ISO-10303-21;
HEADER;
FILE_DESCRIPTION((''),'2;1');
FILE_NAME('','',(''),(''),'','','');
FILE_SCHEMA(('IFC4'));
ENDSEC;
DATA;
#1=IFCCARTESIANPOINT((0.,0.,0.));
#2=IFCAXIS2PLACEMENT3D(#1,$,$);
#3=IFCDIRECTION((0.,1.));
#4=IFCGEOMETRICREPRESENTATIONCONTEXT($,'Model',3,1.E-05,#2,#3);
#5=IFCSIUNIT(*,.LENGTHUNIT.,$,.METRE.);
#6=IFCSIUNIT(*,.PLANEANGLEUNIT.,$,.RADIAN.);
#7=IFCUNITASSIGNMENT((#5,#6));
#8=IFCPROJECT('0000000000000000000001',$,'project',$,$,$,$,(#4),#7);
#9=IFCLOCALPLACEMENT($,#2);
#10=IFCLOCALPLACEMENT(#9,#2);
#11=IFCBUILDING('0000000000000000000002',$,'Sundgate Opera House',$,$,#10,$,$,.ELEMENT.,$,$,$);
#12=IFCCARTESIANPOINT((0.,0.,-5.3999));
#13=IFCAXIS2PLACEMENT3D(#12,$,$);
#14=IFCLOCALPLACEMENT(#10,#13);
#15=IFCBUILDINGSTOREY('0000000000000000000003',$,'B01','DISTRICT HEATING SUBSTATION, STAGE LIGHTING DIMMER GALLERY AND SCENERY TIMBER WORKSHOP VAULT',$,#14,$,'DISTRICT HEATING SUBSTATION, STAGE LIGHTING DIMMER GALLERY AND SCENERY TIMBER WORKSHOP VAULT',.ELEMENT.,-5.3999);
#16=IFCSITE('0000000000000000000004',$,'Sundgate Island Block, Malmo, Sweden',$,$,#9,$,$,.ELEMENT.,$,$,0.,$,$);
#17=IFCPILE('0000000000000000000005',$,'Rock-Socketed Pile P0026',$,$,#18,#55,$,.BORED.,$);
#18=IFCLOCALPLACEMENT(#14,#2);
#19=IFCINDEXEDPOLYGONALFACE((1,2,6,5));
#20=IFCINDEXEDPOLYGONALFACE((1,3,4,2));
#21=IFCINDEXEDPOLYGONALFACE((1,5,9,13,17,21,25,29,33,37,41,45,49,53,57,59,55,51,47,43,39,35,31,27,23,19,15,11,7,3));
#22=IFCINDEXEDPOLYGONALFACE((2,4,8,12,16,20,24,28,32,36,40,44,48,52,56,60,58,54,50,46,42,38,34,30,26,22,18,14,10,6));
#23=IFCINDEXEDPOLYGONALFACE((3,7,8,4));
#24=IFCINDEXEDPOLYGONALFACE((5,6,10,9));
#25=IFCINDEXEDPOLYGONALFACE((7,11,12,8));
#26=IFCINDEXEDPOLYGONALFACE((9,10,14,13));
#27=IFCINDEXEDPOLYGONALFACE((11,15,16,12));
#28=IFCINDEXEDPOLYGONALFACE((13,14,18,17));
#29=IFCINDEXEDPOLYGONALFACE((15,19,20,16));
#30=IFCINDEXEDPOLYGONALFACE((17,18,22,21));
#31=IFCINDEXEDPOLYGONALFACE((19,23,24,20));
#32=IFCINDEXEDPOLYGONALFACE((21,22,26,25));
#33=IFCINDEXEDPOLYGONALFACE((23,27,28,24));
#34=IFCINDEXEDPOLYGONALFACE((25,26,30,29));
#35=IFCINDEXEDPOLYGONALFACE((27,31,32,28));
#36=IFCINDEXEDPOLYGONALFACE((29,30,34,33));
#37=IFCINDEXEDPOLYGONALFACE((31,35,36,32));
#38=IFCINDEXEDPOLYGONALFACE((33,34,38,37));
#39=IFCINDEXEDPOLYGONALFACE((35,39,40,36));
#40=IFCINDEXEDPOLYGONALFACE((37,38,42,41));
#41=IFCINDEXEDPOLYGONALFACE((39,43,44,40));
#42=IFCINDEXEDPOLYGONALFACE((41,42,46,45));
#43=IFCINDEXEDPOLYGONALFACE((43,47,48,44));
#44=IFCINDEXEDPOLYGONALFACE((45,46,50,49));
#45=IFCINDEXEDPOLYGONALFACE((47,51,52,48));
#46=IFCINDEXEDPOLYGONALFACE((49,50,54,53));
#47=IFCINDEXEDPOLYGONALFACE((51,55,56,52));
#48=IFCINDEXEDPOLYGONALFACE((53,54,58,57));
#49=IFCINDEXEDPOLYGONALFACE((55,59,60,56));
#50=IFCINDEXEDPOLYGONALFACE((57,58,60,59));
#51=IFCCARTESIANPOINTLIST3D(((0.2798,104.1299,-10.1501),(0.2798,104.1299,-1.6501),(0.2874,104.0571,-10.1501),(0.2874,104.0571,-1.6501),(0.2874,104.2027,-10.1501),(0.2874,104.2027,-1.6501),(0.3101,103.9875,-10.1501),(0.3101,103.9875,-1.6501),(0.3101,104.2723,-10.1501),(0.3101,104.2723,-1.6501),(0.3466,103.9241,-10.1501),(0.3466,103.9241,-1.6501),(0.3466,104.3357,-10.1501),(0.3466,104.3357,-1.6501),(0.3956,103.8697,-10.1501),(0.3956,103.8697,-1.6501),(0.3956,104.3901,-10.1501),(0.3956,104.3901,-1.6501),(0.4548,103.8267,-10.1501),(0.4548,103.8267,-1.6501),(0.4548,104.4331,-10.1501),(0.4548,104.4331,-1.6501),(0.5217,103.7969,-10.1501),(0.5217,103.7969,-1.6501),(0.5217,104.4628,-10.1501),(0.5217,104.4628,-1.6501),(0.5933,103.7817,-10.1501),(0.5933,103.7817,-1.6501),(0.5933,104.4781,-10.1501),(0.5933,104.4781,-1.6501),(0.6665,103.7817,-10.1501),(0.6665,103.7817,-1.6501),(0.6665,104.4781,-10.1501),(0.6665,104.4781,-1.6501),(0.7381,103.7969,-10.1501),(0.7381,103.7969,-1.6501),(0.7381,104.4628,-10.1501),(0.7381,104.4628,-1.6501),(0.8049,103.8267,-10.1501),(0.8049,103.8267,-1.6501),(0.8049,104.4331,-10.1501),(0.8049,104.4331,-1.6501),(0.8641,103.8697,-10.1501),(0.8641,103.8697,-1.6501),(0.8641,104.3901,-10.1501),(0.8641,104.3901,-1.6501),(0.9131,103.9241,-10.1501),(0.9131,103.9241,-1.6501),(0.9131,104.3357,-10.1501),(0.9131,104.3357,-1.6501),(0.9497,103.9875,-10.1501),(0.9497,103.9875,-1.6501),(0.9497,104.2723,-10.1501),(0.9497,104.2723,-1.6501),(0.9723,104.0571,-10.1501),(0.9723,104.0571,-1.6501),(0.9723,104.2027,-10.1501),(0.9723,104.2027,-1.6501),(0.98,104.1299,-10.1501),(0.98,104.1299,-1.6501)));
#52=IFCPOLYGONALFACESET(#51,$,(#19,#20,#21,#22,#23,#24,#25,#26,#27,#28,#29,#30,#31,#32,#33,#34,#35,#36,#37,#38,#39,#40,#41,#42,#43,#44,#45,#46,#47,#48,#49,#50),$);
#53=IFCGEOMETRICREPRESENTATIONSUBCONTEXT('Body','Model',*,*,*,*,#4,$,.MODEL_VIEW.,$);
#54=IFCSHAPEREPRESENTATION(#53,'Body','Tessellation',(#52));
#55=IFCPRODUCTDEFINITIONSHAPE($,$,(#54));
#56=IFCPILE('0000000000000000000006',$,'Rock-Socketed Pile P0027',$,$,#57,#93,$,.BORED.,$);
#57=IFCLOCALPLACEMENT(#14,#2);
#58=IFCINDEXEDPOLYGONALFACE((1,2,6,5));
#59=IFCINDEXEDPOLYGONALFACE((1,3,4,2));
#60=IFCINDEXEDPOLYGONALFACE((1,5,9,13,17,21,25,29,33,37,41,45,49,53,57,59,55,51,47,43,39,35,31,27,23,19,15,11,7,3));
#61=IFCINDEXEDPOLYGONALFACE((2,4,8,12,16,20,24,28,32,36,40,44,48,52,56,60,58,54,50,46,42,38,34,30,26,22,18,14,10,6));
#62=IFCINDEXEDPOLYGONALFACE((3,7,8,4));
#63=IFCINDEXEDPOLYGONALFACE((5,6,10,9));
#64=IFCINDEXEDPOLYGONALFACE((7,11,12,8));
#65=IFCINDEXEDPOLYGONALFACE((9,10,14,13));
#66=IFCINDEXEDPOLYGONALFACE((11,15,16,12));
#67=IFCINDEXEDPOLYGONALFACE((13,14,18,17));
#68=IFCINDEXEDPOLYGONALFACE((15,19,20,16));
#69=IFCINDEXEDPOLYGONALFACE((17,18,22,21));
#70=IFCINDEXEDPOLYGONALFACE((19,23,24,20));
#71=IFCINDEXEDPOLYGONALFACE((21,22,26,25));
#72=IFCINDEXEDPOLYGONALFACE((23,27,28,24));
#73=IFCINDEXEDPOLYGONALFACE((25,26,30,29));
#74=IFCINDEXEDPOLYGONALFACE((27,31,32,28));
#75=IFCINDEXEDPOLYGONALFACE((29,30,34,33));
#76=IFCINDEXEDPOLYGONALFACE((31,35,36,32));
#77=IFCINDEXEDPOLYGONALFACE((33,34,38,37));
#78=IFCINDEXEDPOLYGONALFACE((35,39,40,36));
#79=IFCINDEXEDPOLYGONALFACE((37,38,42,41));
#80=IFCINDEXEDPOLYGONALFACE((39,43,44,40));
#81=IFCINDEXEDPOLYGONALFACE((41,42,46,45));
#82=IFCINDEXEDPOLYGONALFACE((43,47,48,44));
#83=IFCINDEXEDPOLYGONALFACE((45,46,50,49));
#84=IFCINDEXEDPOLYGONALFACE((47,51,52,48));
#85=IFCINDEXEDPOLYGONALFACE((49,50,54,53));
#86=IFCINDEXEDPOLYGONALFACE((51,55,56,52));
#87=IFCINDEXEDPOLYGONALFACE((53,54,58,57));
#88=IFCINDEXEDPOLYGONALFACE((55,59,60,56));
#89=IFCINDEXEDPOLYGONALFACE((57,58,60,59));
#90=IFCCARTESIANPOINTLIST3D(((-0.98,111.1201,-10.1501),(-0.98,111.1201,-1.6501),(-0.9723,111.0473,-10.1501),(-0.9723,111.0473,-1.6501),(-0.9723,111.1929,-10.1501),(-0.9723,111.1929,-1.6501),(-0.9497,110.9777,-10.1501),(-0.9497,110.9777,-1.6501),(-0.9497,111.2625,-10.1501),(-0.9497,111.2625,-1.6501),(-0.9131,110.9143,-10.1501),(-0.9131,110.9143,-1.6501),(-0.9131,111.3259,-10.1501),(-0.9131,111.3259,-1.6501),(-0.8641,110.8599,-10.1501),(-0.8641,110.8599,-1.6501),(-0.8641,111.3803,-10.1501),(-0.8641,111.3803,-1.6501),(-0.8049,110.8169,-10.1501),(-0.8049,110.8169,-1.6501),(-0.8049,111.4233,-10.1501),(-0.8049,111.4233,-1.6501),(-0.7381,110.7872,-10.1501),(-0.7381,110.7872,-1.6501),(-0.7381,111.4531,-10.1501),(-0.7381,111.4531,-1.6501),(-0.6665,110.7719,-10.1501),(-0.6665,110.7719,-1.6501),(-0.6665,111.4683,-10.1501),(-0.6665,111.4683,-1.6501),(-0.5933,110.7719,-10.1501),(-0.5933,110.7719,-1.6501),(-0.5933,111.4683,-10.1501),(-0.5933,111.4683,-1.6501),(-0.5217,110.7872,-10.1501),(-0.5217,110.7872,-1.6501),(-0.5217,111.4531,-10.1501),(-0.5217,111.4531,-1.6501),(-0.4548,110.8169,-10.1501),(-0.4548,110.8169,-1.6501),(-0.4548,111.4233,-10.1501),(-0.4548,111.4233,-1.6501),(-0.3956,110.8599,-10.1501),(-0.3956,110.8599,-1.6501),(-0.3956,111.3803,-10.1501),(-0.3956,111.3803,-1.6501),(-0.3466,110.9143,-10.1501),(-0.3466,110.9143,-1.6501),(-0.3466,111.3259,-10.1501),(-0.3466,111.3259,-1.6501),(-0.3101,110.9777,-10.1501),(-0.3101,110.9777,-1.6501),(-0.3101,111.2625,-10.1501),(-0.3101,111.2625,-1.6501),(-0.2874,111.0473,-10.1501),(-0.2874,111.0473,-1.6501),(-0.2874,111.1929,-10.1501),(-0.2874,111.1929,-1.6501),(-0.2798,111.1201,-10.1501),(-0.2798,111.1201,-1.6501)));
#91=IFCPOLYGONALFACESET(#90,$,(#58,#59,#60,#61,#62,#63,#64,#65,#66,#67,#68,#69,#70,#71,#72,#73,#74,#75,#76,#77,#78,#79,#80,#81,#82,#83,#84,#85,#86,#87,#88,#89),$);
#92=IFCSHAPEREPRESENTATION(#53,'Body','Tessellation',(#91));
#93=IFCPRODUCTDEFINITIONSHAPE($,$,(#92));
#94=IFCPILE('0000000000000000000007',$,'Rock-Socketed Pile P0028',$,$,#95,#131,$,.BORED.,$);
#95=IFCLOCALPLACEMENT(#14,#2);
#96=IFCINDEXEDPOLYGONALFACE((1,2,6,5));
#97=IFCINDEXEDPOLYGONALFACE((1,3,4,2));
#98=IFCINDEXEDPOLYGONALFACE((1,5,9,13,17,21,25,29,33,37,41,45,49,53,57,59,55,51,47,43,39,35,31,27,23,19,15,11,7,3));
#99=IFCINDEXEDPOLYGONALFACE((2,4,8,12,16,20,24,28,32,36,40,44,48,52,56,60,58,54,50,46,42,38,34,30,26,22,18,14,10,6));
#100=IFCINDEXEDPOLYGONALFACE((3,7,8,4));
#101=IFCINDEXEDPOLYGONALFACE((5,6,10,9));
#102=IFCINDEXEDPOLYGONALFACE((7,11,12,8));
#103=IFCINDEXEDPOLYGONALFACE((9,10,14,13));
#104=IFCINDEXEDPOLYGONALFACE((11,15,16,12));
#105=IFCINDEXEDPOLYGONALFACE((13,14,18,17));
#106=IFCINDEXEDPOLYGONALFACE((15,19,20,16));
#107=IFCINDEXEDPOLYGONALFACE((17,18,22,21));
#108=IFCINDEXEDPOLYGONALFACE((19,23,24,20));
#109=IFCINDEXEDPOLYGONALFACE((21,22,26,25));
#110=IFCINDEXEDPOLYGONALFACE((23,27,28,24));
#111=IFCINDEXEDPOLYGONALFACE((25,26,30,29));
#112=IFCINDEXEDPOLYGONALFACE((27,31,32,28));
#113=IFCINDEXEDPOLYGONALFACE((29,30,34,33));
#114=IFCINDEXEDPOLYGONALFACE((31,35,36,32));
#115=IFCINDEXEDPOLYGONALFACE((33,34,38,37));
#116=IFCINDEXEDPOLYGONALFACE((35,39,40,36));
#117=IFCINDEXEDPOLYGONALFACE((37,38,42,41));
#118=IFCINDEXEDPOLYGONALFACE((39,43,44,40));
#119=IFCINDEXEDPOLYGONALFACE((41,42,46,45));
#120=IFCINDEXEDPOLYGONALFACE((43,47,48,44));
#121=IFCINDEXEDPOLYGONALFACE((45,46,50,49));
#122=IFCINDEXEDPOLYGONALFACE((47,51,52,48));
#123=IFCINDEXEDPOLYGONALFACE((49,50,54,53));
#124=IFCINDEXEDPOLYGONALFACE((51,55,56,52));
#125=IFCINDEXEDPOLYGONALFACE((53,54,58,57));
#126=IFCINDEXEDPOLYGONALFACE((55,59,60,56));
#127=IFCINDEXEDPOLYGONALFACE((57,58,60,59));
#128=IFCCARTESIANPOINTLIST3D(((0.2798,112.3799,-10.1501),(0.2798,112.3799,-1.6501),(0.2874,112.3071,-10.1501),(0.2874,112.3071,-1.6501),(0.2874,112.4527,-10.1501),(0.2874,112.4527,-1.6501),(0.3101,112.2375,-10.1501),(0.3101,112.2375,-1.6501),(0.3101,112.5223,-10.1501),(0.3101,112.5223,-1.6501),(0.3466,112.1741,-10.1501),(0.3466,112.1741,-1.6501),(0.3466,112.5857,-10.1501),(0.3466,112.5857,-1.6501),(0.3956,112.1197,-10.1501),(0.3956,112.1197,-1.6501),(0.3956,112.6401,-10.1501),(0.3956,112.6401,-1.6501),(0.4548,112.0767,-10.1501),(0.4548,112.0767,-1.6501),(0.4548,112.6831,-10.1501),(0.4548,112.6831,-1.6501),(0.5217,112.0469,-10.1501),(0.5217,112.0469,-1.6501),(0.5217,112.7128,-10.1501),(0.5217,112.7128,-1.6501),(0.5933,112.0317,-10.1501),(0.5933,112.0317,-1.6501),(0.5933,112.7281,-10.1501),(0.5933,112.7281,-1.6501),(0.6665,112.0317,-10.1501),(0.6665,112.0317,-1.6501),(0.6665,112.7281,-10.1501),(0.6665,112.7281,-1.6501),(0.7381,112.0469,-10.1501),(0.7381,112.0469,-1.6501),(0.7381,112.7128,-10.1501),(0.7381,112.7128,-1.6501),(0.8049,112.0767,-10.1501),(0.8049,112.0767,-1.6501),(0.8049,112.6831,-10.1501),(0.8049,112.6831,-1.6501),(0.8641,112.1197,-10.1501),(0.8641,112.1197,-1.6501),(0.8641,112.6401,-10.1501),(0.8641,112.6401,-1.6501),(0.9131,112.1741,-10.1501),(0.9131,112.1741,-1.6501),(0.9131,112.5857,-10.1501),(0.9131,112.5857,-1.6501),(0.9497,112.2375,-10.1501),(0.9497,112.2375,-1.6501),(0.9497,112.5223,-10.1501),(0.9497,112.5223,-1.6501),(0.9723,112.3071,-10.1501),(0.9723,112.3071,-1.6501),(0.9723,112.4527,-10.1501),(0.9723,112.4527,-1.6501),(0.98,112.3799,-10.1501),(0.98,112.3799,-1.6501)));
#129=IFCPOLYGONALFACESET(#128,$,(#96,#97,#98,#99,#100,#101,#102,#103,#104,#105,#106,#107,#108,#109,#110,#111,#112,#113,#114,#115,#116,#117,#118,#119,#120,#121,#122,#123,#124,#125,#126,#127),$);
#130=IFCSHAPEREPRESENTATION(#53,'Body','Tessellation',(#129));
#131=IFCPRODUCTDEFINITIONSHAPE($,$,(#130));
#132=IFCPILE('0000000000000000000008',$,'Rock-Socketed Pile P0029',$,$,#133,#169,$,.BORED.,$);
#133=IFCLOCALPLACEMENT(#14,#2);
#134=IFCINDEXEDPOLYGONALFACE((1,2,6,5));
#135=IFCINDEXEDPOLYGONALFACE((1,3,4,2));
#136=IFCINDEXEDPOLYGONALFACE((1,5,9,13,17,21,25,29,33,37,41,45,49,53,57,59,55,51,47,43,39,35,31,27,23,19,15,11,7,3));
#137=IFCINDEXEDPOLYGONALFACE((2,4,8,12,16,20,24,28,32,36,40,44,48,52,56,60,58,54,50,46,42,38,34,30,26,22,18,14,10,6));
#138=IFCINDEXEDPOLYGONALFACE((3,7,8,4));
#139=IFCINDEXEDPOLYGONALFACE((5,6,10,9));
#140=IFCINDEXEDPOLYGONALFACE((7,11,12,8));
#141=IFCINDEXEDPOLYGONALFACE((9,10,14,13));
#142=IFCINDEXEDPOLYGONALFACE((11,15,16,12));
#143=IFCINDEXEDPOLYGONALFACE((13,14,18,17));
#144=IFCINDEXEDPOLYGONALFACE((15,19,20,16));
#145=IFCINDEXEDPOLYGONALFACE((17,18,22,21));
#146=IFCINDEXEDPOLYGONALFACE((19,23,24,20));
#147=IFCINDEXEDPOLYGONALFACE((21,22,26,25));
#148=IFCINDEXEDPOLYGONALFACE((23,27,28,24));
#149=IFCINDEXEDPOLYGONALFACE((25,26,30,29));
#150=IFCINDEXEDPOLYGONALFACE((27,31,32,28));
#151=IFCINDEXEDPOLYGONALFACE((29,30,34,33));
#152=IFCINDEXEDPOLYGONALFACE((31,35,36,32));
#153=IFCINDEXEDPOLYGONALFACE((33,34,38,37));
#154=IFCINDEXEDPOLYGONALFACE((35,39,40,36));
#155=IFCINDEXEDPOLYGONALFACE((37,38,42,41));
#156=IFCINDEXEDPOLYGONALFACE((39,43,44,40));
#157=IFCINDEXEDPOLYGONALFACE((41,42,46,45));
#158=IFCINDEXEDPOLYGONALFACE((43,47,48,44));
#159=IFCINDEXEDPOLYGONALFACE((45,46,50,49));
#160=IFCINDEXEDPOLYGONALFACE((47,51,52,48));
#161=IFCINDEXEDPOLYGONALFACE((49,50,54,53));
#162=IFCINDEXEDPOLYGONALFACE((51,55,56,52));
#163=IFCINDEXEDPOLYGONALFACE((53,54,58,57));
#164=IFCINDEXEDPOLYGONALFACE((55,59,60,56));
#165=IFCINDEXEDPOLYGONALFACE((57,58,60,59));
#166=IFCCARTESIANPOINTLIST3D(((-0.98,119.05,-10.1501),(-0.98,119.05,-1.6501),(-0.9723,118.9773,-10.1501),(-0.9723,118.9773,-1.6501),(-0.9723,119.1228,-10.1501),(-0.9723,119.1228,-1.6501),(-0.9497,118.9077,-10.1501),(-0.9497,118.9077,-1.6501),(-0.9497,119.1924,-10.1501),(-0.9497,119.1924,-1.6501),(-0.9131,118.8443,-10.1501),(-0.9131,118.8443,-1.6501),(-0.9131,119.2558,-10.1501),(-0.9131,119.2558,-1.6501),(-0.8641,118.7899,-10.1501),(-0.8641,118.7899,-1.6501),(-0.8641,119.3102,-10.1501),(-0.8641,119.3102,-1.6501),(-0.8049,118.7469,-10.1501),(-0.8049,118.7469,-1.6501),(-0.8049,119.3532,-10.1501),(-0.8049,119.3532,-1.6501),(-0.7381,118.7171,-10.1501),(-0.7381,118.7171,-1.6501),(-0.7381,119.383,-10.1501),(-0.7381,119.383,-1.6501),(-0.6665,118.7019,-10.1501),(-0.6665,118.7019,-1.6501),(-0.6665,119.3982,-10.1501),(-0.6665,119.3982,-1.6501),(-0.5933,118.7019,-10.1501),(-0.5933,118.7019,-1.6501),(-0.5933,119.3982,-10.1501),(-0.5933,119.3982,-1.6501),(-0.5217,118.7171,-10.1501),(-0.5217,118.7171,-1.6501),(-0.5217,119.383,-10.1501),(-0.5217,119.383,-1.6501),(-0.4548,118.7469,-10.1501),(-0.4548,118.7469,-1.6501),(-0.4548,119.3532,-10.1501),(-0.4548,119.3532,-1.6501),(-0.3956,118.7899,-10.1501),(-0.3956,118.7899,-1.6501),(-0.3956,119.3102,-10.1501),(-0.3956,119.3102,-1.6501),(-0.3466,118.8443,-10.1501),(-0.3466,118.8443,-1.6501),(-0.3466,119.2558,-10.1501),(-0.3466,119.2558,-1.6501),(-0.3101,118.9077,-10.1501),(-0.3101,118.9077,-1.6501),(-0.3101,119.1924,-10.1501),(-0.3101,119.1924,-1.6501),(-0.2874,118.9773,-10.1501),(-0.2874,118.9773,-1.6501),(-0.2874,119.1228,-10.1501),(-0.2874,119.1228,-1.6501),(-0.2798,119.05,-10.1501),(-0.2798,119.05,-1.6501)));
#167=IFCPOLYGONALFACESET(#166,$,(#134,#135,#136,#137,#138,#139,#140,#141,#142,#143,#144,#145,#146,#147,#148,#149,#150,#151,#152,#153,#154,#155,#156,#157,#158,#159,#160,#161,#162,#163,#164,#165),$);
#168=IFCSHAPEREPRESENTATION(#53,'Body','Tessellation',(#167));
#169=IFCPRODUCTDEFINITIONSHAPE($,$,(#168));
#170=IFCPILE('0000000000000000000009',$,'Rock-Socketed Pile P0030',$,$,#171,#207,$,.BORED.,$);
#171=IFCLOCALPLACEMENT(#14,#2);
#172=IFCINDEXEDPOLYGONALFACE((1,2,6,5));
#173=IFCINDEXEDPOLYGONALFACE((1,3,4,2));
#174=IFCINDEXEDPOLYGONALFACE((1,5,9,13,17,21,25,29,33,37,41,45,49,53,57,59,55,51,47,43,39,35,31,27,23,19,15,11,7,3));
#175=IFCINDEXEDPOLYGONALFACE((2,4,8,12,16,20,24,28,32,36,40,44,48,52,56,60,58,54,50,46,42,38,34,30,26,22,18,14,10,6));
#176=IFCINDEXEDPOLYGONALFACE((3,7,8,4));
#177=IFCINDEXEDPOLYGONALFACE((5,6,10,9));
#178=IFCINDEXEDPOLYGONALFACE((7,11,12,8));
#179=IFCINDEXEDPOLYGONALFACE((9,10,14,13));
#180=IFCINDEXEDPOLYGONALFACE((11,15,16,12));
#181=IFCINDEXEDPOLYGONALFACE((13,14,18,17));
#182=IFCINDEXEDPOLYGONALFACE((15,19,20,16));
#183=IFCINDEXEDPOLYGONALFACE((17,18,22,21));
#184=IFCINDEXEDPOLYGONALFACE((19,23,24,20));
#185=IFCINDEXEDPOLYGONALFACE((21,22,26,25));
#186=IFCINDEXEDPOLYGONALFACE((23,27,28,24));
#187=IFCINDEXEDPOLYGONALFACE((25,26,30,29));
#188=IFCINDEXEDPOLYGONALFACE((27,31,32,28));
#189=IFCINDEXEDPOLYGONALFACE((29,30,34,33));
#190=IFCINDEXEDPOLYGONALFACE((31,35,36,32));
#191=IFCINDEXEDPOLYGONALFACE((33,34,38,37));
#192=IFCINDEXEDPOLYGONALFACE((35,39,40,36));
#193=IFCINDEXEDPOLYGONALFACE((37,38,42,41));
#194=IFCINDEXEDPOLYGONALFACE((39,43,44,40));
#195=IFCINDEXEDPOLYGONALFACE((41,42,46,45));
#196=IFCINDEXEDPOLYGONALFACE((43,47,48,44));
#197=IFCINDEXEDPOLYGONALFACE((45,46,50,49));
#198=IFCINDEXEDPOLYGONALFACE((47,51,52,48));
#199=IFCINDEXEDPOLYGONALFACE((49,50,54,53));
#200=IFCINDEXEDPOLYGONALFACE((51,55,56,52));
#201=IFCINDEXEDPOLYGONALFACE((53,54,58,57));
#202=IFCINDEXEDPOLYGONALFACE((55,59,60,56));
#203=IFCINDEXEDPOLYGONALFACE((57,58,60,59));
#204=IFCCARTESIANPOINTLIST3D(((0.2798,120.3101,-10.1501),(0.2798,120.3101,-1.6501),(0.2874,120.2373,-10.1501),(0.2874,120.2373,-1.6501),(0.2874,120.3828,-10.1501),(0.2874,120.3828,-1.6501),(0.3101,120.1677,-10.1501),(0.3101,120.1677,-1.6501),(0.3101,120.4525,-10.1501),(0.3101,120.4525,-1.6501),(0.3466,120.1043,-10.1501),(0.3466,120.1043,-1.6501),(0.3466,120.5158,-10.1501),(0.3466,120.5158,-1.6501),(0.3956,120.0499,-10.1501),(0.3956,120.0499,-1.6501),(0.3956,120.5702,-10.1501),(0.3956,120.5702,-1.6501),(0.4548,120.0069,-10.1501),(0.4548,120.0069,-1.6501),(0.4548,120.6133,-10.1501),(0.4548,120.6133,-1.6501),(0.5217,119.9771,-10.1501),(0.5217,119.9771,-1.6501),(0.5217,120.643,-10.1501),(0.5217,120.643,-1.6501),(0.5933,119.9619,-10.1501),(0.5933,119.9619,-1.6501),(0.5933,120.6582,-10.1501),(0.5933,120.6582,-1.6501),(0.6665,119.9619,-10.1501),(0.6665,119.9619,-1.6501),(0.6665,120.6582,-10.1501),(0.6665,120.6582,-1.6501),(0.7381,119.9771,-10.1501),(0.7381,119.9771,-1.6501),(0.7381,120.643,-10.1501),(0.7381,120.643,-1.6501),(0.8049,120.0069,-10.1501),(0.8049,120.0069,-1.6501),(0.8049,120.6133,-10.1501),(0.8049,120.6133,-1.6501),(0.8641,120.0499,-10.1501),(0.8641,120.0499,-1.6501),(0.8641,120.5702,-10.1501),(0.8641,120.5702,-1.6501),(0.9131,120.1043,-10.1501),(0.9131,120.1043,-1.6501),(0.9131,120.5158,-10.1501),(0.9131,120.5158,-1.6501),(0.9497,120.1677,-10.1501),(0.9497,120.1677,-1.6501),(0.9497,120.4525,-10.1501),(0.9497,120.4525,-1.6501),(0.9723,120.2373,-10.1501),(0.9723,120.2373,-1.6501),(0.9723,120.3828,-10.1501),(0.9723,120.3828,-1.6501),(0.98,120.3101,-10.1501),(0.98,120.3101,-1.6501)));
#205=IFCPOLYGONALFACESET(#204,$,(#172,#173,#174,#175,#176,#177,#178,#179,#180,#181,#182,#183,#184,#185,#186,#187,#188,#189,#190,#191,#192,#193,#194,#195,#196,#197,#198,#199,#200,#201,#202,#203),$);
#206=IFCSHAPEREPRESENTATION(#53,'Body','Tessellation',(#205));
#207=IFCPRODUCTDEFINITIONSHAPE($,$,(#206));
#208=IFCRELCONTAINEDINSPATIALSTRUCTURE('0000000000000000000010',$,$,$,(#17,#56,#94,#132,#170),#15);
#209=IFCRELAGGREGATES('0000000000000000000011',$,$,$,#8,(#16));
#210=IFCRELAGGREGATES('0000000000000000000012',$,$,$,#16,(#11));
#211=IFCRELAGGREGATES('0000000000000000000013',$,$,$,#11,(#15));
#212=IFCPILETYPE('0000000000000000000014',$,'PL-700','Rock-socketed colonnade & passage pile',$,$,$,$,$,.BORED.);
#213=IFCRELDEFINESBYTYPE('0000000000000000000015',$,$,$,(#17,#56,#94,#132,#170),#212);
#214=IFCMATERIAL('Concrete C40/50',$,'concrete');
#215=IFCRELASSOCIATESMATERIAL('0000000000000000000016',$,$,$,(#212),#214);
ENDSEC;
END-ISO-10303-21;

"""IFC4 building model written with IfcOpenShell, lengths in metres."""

from ifc_helpers import new_model, si_unit, direction, frame, origin, origin_2d, place, context, subcontext, project, spatial, circle, extrude, material, material_profile, profile_set, type_object, element, save


model = new_model("IFC4")

# Units and contexts
model_context = context("Model", 3, precision=1e-05, world=origin(), true_north=direction((0.0, 1.0)))
body_context = subcontext(model_context, "Body", "Model", "MODEL_VIEW")
ifc_project = project(units=[si_unit("LENGTHUNIT", "METRE"), si_unit("PLANEANGLEUNIT", "RADIAN")], contexts=[model_context])

# Site, building, storey
site_placement = place(None, origin())
site = spatial("IfcSite", under=ifc_project, at=site_placement, Name="Sundgate Island Block, Malmo, Sweden", CompositionType="ELEMENT", RefElevation=0.0)
building_placement = place(site_placement, origin())
building = spatial("IfcBuilding", under=site, at=building_placement, Name="Sundgate Opera House", CompositionType="ELEMENT")
storey_placement = place(building_placement, frame((0.0, 0.0, -5.3999)))
storey = spatial("IfcBuildingStorey", under=building, at=storey_placement, Name="B01", Description="DISTRICT HEATING SUBSTATION, STAGE LIGHTING DIMMER GALLERY AND SCENERY TIMBER WORKSHOP VAULT", LongName="DISTRICT HEATING SUBSTATION, STAGE LIGHTING DIMMER GALLERY AND SCENERY TIMBER WORKSHOP VAULT", CompositionType="ELEMENT", Elevation=-5.3999)

# Piles
ifc_material_1 = material(Name="Concrete C40/50", Category="concrete")
ifc_material_profile_1 = material_profile(ifc_material_1, circle(Radius=0.3501, at=origin_2d()), Name="PILE D700")
ifc_profile_set_1 = profile_set([ifc_material_profile_1], Name="Concrete C40/50")
pile_type = type_object("IfcPileType", Name="PL-700", Description="Rock-socketed colonnade & passage pile", PredefinedType="BORED", material=ifc_profile_set_1)
for number, where, z_axis, x_axis, name in (
    (1, (0.6299, 104.1299, -1.6501), (0.0, 0.0, -1.0), (1.0, 0.0, 0.0), "Rock-Socketed Pile P0026"),
    (2, (-0.6299, 111.1201, -1.6501), (0.0, 0.0, -1.0), (1.0, 0.0, 0.0), "Rock-Socketed Pile P0027"),
    (3, (0.6299, 112.3799, -1.6501), (0.0, 0.0, -1.0), (1.0, 0.0, 0.0), "Rock-Socketed Pile P0028"),
    (4, (-0.6299, 119.05, -1.6501), (0.0, 0.0, -1.0), (1.0, 0.0, 0.0), "Rock-Socketed Pile P0029"),
    (5, (0.6299, 120.3101, -1.6501), (0.0, 0.0, -1.0), (1.0, 0.0, 0.0), "Rock-Socketed Pile P0030"),
):
    element("IfcPile", number, at=place(storey_placement, frame(where, z_axis=z_axis, x_axis=x_axis)), inside=storey, type_object=pile_type, Name=name, PredefinedType="BORED", context=body_context, shape_type="SweptSolid", body=[
        extrude(circle(Radius=0.3501, at=origin_2d()), origin(), (0.0, 0.0, 1.0), 8.5),
    ])

save(model, "model.ifc")
